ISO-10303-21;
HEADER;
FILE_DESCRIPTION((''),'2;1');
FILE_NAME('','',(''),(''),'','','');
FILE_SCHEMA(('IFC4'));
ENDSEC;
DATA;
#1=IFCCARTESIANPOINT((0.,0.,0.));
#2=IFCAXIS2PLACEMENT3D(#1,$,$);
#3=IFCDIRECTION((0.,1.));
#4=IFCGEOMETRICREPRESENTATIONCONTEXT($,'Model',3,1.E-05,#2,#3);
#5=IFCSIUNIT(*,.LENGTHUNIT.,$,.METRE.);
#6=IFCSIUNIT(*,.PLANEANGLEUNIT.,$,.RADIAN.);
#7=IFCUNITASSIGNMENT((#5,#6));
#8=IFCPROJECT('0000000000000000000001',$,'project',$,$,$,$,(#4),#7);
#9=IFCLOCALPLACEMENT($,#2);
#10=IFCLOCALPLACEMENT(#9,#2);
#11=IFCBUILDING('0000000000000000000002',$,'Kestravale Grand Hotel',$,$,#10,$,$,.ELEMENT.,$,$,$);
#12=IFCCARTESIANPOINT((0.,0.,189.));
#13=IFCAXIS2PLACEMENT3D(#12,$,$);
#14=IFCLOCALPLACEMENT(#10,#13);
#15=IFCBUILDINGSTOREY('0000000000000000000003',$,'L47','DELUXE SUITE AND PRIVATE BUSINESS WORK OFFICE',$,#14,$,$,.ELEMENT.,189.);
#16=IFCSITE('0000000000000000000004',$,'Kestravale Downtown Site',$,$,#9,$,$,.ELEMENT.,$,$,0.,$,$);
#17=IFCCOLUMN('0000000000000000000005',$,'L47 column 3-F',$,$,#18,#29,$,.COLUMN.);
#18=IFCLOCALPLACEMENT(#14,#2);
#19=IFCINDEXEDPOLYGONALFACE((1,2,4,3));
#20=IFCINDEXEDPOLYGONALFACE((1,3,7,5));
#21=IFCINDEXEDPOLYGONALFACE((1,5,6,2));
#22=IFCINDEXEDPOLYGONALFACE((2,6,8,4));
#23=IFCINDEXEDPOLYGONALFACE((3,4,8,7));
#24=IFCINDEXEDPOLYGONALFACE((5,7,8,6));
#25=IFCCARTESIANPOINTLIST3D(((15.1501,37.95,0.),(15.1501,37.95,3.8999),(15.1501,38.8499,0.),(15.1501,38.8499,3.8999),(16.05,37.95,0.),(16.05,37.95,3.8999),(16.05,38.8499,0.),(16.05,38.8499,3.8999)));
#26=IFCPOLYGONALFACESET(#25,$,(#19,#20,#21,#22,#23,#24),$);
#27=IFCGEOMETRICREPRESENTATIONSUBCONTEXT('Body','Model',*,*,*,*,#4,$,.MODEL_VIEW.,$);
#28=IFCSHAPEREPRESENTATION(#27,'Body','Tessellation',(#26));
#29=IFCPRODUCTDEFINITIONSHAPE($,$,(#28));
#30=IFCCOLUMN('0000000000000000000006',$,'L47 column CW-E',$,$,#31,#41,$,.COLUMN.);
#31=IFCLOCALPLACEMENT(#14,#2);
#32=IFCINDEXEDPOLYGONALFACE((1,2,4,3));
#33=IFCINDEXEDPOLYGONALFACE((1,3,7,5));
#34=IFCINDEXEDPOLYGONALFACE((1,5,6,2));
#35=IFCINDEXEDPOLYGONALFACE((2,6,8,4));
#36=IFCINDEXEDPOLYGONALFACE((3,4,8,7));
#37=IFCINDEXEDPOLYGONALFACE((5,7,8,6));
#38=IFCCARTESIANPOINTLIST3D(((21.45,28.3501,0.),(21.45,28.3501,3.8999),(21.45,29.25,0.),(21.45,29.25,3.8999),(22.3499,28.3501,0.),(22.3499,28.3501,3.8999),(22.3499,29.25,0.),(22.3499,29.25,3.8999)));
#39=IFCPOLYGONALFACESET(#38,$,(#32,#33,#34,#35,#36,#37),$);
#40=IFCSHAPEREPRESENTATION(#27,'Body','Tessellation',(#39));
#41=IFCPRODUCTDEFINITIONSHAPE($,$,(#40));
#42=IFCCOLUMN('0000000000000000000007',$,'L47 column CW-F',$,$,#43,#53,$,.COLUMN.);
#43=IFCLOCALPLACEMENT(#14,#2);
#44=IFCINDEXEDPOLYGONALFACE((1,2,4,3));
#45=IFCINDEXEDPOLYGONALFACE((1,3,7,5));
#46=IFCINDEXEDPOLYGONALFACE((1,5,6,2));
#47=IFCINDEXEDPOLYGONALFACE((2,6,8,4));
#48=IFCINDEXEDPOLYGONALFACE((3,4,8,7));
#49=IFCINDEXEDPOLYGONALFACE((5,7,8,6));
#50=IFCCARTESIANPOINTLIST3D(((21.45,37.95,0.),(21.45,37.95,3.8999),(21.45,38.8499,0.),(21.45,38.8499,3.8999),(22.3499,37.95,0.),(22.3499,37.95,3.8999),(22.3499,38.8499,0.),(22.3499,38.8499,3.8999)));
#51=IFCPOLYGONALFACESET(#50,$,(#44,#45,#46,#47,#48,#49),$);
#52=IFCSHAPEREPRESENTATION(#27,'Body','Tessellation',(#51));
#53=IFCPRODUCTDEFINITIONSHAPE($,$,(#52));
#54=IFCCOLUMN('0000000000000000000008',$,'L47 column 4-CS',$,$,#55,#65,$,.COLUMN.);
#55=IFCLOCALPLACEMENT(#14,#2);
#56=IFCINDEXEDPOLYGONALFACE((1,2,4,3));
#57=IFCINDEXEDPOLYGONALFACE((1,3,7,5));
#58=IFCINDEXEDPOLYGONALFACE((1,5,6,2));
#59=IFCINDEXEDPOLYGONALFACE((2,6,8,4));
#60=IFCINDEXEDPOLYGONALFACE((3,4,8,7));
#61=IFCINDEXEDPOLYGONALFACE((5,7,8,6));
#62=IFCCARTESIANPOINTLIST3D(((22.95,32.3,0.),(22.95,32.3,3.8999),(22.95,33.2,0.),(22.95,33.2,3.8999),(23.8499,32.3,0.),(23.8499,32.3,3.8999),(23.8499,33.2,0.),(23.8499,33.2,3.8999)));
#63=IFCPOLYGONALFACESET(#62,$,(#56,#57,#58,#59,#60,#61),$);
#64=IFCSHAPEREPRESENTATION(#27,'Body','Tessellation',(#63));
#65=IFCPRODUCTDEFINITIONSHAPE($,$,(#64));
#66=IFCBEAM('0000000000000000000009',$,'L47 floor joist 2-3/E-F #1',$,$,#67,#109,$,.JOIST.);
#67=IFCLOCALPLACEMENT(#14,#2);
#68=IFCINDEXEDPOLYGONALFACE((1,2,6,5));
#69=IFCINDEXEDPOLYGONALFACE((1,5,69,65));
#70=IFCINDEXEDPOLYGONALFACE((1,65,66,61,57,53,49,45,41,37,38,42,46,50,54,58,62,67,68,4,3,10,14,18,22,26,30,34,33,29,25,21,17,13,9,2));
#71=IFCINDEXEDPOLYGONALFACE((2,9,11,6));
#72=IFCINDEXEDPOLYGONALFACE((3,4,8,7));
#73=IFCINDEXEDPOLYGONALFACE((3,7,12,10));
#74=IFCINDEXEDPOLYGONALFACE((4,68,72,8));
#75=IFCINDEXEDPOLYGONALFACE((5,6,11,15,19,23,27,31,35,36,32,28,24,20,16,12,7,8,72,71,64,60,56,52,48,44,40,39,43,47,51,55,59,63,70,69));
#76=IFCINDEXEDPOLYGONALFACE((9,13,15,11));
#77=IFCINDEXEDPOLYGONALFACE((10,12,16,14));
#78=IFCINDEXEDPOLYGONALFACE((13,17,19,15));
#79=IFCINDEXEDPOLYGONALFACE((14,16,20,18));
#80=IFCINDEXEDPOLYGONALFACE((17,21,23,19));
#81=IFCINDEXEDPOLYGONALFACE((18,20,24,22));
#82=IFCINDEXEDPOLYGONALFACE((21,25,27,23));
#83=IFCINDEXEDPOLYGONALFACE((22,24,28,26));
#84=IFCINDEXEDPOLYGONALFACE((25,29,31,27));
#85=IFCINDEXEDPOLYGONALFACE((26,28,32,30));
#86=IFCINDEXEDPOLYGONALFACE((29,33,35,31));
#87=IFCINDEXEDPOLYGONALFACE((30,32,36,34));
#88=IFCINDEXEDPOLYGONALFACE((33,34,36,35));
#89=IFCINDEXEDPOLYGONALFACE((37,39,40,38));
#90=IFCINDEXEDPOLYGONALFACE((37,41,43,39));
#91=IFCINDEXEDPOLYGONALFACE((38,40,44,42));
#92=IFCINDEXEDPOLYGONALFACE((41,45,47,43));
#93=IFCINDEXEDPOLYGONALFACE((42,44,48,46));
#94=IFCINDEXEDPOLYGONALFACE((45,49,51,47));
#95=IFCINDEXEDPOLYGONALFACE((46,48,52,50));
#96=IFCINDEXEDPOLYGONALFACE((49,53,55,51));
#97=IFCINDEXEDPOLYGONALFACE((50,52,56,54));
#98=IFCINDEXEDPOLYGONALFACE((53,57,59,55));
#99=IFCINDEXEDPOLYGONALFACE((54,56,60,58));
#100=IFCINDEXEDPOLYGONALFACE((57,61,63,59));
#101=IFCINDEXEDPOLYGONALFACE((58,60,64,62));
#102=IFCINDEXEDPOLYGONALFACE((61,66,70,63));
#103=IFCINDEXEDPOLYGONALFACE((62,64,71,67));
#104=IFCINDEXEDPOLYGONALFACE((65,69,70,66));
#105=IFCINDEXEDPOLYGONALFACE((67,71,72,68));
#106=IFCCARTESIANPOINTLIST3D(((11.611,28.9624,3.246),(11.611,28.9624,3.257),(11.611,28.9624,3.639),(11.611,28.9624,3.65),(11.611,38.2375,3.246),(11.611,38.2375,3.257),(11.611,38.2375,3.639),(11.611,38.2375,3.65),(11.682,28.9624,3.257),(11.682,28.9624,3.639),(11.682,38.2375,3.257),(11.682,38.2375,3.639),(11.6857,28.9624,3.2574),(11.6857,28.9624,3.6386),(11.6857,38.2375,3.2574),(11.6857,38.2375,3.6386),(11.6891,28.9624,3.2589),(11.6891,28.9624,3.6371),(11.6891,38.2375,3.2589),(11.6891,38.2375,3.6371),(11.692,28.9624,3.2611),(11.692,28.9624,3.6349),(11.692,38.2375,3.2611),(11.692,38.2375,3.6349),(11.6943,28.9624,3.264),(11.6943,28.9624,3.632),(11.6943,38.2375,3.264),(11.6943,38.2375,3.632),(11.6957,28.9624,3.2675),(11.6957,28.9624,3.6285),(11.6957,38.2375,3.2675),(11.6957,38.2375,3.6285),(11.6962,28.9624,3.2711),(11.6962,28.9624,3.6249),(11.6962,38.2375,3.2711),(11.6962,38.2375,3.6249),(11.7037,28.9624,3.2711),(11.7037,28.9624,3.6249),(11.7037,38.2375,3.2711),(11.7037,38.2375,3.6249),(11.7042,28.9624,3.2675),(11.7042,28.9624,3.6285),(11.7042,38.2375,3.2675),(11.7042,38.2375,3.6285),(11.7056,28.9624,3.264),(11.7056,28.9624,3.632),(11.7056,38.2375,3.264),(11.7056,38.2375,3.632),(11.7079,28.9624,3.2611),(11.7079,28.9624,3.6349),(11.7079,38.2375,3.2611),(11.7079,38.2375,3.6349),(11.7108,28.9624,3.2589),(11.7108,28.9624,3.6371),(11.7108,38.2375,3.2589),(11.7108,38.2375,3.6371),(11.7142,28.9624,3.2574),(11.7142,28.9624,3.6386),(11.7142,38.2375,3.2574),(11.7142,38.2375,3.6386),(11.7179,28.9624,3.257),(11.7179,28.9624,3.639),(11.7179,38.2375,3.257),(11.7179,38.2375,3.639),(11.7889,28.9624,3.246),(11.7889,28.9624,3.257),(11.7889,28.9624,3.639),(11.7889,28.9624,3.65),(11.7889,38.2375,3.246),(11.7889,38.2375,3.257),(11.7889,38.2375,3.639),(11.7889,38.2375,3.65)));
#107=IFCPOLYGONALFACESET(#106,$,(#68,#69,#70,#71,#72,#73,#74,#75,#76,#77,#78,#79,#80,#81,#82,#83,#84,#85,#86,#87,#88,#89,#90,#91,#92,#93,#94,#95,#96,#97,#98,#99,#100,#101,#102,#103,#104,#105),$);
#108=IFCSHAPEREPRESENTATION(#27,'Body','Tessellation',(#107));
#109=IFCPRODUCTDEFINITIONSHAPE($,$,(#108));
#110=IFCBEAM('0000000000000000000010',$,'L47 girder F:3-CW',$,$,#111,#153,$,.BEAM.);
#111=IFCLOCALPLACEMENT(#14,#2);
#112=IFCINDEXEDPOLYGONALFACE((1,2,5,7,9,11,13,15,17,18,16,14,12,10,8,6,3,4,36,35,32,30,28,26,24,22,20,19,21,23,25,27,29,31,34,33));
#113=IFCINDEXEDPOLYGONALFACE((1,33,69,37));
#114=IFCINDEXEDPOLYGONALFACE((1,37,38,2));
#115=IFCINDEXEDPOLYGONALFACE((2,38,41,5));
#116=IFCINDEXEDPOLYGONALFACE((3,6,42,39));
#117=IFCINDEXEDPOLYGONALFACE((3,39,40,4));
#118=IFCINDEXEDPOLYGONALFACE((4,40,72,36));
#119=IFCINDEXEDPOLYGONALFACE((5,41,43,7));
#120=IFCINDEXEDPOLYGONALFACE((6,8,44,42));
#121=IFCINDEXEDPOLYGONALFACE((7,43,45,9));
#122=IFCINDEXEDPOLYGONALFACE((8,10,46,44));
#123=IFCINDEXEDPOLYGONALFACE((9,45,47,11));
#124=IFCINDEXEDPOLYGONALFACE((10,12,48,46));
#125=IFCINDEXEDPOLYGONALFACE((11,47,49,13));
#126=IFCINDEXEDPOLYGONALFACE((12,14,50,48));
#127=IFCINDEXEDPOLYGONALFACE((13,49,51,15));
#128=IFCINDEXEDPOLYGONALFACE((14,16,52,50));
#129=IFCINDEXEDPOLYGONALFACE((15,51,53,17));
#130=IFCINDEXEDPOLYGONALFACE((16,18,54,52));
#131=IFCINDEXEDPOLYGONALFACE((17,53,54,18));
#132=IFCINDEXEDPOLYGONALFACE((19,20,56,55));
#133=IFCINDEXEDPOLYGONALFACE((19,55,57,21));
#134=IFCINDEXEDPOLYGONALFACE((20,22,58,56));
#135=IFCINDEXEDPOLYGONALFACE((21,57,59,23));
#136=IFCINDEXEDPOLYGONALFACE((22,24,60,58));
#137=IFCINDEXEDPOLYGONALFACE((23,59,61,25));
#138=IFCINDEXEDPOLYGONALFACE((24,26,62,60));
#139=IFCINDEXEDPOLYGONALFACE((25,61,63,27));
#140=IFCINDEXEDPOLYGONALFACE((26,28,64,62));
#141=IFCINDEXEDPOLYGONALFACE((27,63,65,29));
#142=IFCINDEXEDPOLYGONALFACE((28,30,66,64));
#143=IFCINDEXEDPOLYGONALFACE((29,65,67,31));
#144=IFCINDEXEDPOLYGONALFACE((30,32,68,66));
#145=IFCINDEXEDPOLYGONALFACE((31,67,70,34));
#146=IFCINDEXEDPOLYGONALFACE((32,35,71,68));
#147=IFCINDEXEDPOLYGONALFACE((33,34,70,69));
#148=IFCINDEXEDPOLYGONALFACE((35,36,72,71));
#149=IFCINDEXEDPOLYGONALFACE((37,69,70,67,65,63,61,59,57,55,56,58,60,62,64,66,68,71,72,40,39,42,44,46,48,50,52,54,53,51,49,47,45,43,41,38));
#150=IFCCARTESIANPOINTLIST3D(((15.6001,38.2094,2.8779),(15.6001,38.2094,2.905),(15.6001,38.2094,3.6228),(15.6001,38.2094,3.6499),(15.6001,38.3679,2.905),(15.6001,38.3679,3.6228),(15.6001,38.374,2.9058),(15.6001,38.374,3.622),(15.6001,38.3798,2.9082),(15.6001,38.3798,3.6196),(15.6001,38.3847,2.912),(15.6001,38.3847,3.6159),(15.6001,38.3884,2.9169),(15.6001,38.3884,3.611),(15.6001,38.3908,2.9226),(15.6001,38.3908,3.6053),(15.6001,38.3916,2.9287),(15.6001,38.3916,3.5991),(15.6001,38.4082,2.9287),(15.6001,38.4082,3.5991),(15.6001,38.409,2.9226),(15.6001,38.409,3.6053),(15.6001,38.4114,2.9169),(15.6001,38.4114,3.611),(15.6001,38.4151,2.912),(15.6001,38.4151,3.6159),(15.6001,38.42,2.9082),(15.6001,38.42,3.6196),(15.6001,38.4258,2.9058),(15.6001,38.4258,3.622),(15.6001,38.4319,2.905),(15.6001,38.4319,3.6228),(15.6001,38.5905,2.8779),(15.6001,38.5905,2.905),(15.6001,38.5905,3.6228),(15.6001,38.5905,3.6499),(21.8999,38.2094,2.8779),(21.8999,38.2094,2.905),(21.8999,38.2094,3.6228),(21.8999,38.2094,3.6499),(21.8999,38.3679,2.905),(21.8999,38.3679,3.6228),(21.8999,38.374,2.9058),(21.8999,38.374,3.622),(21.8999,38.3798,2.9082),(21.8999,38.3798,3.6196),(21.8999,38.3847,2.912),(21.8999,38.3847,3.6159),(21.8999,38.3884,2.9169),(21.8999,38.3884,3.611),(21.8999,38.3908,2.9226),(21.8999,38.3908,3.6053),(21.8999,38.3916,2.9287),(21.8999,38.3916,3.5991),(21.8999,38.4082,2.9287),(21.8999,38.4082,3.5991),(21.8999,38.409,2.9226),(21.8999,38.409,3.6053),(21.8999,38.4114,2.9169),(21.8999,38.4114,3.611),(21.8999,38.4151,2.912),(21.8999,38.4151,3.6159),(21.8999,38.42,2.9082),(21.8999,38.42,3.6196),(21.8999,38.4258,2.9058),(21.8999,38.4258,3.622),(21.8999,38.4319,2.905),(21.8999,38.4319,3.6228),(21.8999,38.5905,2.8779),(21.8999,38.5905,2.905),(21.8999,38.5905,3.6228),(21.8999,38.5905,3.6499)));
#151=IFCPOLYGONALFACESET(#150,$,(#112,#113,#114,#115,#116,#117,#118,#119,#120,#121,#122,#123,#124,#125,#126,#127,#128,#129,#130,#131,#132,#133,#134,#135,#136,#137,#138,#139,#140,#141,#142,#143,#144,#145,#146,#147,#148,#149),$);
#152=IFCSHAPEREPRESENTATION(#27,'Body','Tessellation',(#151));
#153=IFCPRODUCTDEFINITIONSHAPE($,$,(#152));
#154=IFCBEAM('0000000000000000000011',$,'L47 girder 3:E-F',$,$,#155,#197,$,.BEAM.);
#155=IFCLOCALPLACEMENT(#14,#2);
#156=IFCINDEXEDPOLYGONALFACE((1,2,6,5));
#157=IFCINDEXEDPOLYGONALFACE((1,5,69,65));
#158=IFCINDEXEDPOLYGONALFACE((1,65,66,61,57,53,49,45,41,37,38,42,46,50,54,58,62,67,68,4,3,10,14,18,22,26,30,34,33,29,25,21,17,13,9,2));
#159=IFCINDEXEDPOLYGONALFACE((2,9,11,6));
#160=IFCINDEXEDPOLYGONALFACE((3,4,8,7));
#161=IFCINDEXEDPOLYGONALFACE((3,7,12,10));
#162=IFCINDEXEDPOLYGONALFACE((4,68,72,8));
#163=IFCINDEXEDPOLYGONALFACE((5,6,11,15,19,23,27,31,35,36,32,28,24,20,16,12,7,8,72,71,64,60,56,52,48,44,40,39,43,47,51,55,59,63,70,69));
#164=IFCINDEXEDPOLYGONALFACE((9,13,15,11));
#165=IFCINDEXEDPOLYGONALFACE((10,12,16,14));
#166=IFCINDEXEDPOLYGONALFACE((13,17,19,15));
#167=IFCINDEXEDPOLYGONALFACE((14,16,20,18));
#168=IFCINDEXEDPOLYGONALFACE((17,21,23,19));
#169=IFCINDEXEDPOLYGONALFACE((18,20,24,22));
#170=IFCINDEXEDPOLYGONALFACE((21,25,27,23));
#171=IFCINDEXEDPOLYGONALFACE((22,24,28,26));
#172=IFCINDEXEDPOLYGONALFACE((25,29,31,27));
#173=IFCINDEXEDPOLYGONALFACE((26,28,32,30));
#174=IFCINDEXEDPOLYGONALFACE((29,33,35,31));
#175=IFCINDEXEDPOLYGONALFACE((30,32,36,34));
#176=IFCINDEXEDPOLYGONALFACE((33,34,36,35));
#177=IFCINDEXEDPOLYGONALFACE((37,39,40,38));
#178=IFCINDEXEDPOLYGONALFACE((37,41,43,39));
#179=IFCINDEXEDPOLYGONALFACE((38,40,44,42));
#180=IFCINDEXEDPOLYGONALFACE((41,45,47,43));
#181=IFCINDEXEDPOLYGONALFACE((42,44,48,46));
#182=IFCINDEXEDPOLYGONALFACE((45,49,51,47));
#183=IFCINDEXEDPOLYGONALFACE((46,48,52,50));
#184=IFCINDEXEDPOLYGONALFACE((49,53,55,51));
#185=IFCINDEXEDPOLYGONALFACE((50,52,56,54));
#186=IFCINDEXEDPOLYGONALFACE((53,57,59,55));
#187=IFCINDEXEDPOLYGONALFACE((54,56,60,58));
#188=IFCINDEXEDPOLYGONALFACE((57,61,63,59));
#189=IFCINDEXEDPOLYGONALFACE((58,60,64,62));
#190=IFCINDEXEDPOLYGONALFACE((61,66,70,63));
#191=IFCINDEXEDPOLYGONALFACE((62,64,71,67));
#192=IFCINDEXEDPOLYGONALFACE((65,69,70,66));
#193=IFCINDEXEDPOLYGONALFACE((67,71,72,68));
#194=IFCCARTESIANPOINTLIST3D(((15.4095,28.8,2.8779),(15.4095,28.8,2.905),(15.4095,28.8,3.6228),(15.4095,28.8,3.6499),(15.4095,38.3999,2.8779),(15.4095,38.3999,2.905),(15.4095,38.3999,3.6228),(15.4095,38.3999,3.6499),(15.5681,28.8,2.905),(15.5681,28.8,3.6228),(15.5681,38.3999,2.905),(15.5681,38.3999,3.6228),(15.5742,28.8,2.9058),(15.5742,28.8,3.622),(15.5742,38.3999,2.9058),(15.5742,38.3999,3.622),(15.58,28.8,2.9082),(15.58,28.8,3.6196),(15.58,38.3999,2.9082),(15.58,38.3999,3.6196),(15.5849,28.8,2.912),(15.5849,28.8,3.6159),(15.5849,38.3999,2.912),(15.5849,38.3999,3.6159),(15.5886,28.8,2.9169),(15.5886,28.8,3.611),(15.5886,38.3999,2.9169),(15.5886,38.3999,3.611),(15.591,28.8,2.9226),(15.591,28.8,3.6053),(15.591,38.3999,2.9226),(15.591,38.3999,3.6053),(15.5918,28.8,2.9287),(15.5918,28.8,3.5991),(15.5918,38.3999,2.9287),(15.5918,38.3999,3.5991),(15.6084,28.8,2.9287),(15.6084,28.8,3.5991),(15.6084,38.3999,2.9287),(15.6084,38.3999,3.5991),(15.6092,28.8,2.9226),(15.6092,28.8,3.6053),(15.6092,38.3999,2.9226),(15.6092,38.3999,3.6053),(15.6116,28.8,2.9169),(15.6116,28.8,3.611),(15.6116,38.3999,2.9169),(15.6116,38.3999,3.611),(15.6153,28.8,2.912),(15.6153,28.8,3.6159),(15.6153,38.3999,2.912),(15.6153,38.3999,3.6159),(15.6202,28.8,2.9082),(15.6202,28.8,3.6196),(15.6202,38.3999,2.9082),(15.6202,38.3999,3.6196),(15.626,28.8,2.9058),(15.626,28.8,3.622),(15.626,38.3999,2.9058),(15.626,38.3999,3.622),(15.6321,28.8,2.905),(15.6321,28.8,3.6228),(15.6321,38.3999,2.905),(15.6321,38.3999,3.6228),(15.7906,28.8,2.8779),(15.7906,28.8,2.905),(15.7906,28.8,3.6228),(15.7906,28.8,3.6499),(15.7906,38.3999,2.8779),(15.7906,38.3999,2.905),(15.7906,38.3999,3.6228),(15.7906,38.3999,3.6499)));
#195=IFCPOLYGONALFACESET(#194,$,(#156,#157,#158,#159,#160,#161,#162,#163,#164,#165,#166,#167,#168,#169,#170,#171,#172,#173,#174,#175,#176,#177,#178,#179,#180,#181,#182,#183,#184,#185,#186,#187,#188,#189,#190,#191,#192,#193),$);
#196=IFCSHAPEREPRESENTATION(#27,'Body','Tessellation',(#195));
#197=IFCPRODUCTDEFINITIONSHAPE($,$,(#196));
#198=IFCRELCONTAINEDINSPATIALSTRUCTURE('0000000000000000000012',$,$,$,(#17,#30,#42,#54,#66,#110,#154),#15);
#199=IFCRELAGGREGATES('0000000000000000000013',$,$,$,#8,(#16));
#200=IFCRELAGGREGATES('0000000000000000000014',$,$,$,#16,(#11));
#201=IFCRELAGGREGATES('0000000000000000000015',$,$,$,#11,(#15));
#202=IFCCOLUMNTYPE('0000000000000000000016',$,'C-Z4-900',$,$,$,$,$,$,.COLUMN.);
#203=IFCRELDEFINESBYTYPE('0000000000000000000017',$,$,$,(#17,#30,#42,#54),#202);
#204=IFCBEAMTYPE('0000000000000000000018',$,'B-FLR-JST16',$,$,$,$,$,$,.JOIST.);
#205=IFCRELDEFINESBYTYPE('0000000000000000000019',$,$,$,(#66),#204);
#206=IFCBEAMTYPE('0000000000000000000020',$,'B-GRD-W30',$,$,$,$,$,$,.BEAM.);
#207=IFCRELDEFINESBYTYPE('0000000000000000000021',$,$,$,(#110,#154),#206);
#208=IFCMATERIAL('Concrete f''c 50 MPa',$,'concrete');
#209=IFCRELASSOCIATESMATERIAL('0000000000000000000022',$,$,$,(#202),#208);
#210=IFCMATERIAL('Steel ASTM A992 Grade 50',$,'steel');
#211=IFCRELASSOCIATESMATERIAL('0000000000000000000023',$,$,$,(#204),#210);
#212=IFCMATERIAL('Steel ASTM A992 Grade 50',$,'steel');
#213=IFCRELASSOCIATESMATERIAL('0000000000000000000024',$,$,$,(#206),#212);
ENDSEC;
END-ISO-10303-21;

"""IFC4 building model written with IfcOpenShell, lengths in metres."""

from ifc_helpers import new_model, si_unit, direction, frame, origin, origin_2d, place, context, subcontext, project, spatial, rectangle, i_section, extrude, material, material_profile, profile_set, type_object, element, save


model = new_model("IFC4")

# Units and contexts
model_context = context("Model", 3, precision=1e-05, world=origin(), true_north=direction((0.0, 1.0)))
body_context = subcontext(model_context, "Body", "Model", "MODEL_VIEW")
ifc_project = project(units=[si_unit("LENGTHUNIT", "METRE"), si_unit("PLANEANGLEUNIT", "RADIAN")], contexts=[model_context])

# Site, building, storey
site_placement = place(None, origin())
site = spatial("IfcSite", under=ifc_project, at=site_placement, Name="Kestravale Downtown Site", CompositionType="ELEMENT", RefElevation=0.0)
building_placement = place(site_placement, origin())
building = spatial("IfcBuilding", under=site, at=building_placement, Name="Kestravale Grand Hotel", CompositionType="ELEMENT")
storey_placement = place(building_placement, frame((0.0, 0.0, 189.0)))
storey = spatial("IfcBuildingStorey", under=building, at=storey_placement, Name="L47", Description="DELUXE SUITE AND PRIVATE BUSINESS WORK OFFICE", CompositionType="ELEMENT", Elevation=189.0)

# Columns
ifc_material_1 = material(Name="Concrete f'c 50 MPa", Category="concrete")
ifc_material_profile_1 = material_profile(ifc_material_1, rectangle(XDim=0.8999, YDim=0.8999, at=origin_2d()))
ifc_profile_set_1 = profile_set([ifc_material_profile_1], Name="Concrete f'c 50 MPa")
column_type = type_object("IfcColumnType", Name="C-Z4-900", PredefinedType="COLUMN", material=ifc_profile_set_1)
for number, where, z_axis, x_axis, name in (
    (1, (15.6001, 38.3999, 0.0), (0.0, 0.0, 1.0), (1.0, 0.0, 0.0), "L47 column 3-F"),
    (2, (21.8999, 28.8, 0.0), (0.0, 0.0, 1.0), (1.0, 0.0, 0.0), "L47 column CW-E"),
    (3, (21.8999, 38.3999, 0.0), (0.0, 0.0, 1.0), (1.0, 0.0, 0.0), "L47 column CW-F"),
    (4, (23.3999, 32.75, 0.0), (0.0, 0.0, 1.0), (1.0, 0.0, 0.0), "L47 column 4-CS"),
):
    element("IfcColumn", number, at=place(storey_placement, frame(where, z_axis=z_axis, x_axis=x_axis)), inside=storey, type_object=column_type, Name=name, PredefinedType="COLUMN", context=body_context, shape_type="SweptSolid", body=[
        extrude(rectangle(XDim=0.8999, YDim=0.8999, at=origin_2d()), origin(), (0.0, 0.0, 1.0), 3.8999),
    ])

# Beams
ifc_material_2 = material(Name="Steel ASTM A992 Grade 50", Category="steel")
ifc_material_profile_2 = material_profile(ifc_material_2, i_section(OverallWidth=0.178, OverallDepth=0.4041, WebThickness=0.0076, FlangeThickness=0.011, FilletRadius=0.0142, at=origin_2d()))
ifc_profile_set_2 = profile_set([ifc_material_profile_2], Name="Steel ASTM A992 Grade 50")
beam_type_1 = type_object("IfcBeamType", Name="B-FLR-JST16", PredefinedType="JOIST", material=ifc_profile_set_2)
beam_1_placement = place(storey_placement, frame((11.7, 28.9624, 3.448), z_axis=(0.0, 1.0, 0.0), x_axis=(-1.0, 0.0, 0.0)))
element("IfcBeam", 5, at=beam_1_placement, inside=storey, type_object=beam_type_1, Name="L47 floor joist 2-3/E-F #1", PredefinedType="JOIST", context=body_context, shape_type="SweptSolid", body=[
    extrude(i_section(OverallWidth=0.178, OverallDepth=0.4041, WebThickness=0.0076, FlangeThickness=0.011, FilletRadius=0.0142, at=origin_2d()), origin(), (0.0, 0.0, 1.0), 9.2751),
])
ifc_material_3 = material(Name="Steel ASTM A992 Grade 50", Category="steel")
ifc_material_profile_3 = material_profile(ifc_material_3, i_section(OverallWidth=0.3811, OverallDepth=0.772, WebThickness=0.0166, FlangeThickness=0.0271, FilletRadius=0.0237, at=origin_2d()))
ifc_profile_set_3 = profile_set([ifc_material_profile_3], Name="Steel ASTM A992 Grade 50")
beam_type_2 = type_object("IfcBeamType", Name="B-GRD-W30", PredefinedType="BEAM", material=ifc_profile_set_3)
beam_2_placement = place(storey_placement, frame((15.6001, 38.3999, 3.2639), z_axis=(1.0, 0.0, 0.0), x_axis=(0.0, 1.0, 0.0)))
element("IfcBeam", 6, at=beam_2_placement, inside=storey, type_object=beam_type_2, Name="L47 girder F:3-CW", PredefinedType="BEAM", context=body_context, shape_type="SweptSolid", body=[
    extrude(i_section(OverallWidth=0.3811, OverallDepth=0.772, WebThickness=0.0166, FlangeThickness=0.0271, FilletRadius=0.0237, at=origin_2d()), origin(), (0.0, 0.0, 1.0), 6.2998),
])
beam_3_placement = place(storey_placement, frame((15.6001, 28.8, 3.2639), z_axis=(0.0, 1.0, 0.0), x_axis=(-1.0, 0.0, 0.0)))
element("IfcBeam", 7, at=beam_3_placement, inside=storey, type_object=beam_type_2, Name="L47 girder 3:E-F", PredefinedType="BEAM", context=body_context, shape_type="SweptSolid", body=[
    extrude(i_section(OverallWidth=0.3811, OverallDepth=0.772, WebThickness=0.0166, FlangeThickness=0.0271, FilletRadius=0.0237, at=origin_2d()), origin(), (0.0, 0.0, 1.0), 9.5999),
])

save(model, "model.ifc")
